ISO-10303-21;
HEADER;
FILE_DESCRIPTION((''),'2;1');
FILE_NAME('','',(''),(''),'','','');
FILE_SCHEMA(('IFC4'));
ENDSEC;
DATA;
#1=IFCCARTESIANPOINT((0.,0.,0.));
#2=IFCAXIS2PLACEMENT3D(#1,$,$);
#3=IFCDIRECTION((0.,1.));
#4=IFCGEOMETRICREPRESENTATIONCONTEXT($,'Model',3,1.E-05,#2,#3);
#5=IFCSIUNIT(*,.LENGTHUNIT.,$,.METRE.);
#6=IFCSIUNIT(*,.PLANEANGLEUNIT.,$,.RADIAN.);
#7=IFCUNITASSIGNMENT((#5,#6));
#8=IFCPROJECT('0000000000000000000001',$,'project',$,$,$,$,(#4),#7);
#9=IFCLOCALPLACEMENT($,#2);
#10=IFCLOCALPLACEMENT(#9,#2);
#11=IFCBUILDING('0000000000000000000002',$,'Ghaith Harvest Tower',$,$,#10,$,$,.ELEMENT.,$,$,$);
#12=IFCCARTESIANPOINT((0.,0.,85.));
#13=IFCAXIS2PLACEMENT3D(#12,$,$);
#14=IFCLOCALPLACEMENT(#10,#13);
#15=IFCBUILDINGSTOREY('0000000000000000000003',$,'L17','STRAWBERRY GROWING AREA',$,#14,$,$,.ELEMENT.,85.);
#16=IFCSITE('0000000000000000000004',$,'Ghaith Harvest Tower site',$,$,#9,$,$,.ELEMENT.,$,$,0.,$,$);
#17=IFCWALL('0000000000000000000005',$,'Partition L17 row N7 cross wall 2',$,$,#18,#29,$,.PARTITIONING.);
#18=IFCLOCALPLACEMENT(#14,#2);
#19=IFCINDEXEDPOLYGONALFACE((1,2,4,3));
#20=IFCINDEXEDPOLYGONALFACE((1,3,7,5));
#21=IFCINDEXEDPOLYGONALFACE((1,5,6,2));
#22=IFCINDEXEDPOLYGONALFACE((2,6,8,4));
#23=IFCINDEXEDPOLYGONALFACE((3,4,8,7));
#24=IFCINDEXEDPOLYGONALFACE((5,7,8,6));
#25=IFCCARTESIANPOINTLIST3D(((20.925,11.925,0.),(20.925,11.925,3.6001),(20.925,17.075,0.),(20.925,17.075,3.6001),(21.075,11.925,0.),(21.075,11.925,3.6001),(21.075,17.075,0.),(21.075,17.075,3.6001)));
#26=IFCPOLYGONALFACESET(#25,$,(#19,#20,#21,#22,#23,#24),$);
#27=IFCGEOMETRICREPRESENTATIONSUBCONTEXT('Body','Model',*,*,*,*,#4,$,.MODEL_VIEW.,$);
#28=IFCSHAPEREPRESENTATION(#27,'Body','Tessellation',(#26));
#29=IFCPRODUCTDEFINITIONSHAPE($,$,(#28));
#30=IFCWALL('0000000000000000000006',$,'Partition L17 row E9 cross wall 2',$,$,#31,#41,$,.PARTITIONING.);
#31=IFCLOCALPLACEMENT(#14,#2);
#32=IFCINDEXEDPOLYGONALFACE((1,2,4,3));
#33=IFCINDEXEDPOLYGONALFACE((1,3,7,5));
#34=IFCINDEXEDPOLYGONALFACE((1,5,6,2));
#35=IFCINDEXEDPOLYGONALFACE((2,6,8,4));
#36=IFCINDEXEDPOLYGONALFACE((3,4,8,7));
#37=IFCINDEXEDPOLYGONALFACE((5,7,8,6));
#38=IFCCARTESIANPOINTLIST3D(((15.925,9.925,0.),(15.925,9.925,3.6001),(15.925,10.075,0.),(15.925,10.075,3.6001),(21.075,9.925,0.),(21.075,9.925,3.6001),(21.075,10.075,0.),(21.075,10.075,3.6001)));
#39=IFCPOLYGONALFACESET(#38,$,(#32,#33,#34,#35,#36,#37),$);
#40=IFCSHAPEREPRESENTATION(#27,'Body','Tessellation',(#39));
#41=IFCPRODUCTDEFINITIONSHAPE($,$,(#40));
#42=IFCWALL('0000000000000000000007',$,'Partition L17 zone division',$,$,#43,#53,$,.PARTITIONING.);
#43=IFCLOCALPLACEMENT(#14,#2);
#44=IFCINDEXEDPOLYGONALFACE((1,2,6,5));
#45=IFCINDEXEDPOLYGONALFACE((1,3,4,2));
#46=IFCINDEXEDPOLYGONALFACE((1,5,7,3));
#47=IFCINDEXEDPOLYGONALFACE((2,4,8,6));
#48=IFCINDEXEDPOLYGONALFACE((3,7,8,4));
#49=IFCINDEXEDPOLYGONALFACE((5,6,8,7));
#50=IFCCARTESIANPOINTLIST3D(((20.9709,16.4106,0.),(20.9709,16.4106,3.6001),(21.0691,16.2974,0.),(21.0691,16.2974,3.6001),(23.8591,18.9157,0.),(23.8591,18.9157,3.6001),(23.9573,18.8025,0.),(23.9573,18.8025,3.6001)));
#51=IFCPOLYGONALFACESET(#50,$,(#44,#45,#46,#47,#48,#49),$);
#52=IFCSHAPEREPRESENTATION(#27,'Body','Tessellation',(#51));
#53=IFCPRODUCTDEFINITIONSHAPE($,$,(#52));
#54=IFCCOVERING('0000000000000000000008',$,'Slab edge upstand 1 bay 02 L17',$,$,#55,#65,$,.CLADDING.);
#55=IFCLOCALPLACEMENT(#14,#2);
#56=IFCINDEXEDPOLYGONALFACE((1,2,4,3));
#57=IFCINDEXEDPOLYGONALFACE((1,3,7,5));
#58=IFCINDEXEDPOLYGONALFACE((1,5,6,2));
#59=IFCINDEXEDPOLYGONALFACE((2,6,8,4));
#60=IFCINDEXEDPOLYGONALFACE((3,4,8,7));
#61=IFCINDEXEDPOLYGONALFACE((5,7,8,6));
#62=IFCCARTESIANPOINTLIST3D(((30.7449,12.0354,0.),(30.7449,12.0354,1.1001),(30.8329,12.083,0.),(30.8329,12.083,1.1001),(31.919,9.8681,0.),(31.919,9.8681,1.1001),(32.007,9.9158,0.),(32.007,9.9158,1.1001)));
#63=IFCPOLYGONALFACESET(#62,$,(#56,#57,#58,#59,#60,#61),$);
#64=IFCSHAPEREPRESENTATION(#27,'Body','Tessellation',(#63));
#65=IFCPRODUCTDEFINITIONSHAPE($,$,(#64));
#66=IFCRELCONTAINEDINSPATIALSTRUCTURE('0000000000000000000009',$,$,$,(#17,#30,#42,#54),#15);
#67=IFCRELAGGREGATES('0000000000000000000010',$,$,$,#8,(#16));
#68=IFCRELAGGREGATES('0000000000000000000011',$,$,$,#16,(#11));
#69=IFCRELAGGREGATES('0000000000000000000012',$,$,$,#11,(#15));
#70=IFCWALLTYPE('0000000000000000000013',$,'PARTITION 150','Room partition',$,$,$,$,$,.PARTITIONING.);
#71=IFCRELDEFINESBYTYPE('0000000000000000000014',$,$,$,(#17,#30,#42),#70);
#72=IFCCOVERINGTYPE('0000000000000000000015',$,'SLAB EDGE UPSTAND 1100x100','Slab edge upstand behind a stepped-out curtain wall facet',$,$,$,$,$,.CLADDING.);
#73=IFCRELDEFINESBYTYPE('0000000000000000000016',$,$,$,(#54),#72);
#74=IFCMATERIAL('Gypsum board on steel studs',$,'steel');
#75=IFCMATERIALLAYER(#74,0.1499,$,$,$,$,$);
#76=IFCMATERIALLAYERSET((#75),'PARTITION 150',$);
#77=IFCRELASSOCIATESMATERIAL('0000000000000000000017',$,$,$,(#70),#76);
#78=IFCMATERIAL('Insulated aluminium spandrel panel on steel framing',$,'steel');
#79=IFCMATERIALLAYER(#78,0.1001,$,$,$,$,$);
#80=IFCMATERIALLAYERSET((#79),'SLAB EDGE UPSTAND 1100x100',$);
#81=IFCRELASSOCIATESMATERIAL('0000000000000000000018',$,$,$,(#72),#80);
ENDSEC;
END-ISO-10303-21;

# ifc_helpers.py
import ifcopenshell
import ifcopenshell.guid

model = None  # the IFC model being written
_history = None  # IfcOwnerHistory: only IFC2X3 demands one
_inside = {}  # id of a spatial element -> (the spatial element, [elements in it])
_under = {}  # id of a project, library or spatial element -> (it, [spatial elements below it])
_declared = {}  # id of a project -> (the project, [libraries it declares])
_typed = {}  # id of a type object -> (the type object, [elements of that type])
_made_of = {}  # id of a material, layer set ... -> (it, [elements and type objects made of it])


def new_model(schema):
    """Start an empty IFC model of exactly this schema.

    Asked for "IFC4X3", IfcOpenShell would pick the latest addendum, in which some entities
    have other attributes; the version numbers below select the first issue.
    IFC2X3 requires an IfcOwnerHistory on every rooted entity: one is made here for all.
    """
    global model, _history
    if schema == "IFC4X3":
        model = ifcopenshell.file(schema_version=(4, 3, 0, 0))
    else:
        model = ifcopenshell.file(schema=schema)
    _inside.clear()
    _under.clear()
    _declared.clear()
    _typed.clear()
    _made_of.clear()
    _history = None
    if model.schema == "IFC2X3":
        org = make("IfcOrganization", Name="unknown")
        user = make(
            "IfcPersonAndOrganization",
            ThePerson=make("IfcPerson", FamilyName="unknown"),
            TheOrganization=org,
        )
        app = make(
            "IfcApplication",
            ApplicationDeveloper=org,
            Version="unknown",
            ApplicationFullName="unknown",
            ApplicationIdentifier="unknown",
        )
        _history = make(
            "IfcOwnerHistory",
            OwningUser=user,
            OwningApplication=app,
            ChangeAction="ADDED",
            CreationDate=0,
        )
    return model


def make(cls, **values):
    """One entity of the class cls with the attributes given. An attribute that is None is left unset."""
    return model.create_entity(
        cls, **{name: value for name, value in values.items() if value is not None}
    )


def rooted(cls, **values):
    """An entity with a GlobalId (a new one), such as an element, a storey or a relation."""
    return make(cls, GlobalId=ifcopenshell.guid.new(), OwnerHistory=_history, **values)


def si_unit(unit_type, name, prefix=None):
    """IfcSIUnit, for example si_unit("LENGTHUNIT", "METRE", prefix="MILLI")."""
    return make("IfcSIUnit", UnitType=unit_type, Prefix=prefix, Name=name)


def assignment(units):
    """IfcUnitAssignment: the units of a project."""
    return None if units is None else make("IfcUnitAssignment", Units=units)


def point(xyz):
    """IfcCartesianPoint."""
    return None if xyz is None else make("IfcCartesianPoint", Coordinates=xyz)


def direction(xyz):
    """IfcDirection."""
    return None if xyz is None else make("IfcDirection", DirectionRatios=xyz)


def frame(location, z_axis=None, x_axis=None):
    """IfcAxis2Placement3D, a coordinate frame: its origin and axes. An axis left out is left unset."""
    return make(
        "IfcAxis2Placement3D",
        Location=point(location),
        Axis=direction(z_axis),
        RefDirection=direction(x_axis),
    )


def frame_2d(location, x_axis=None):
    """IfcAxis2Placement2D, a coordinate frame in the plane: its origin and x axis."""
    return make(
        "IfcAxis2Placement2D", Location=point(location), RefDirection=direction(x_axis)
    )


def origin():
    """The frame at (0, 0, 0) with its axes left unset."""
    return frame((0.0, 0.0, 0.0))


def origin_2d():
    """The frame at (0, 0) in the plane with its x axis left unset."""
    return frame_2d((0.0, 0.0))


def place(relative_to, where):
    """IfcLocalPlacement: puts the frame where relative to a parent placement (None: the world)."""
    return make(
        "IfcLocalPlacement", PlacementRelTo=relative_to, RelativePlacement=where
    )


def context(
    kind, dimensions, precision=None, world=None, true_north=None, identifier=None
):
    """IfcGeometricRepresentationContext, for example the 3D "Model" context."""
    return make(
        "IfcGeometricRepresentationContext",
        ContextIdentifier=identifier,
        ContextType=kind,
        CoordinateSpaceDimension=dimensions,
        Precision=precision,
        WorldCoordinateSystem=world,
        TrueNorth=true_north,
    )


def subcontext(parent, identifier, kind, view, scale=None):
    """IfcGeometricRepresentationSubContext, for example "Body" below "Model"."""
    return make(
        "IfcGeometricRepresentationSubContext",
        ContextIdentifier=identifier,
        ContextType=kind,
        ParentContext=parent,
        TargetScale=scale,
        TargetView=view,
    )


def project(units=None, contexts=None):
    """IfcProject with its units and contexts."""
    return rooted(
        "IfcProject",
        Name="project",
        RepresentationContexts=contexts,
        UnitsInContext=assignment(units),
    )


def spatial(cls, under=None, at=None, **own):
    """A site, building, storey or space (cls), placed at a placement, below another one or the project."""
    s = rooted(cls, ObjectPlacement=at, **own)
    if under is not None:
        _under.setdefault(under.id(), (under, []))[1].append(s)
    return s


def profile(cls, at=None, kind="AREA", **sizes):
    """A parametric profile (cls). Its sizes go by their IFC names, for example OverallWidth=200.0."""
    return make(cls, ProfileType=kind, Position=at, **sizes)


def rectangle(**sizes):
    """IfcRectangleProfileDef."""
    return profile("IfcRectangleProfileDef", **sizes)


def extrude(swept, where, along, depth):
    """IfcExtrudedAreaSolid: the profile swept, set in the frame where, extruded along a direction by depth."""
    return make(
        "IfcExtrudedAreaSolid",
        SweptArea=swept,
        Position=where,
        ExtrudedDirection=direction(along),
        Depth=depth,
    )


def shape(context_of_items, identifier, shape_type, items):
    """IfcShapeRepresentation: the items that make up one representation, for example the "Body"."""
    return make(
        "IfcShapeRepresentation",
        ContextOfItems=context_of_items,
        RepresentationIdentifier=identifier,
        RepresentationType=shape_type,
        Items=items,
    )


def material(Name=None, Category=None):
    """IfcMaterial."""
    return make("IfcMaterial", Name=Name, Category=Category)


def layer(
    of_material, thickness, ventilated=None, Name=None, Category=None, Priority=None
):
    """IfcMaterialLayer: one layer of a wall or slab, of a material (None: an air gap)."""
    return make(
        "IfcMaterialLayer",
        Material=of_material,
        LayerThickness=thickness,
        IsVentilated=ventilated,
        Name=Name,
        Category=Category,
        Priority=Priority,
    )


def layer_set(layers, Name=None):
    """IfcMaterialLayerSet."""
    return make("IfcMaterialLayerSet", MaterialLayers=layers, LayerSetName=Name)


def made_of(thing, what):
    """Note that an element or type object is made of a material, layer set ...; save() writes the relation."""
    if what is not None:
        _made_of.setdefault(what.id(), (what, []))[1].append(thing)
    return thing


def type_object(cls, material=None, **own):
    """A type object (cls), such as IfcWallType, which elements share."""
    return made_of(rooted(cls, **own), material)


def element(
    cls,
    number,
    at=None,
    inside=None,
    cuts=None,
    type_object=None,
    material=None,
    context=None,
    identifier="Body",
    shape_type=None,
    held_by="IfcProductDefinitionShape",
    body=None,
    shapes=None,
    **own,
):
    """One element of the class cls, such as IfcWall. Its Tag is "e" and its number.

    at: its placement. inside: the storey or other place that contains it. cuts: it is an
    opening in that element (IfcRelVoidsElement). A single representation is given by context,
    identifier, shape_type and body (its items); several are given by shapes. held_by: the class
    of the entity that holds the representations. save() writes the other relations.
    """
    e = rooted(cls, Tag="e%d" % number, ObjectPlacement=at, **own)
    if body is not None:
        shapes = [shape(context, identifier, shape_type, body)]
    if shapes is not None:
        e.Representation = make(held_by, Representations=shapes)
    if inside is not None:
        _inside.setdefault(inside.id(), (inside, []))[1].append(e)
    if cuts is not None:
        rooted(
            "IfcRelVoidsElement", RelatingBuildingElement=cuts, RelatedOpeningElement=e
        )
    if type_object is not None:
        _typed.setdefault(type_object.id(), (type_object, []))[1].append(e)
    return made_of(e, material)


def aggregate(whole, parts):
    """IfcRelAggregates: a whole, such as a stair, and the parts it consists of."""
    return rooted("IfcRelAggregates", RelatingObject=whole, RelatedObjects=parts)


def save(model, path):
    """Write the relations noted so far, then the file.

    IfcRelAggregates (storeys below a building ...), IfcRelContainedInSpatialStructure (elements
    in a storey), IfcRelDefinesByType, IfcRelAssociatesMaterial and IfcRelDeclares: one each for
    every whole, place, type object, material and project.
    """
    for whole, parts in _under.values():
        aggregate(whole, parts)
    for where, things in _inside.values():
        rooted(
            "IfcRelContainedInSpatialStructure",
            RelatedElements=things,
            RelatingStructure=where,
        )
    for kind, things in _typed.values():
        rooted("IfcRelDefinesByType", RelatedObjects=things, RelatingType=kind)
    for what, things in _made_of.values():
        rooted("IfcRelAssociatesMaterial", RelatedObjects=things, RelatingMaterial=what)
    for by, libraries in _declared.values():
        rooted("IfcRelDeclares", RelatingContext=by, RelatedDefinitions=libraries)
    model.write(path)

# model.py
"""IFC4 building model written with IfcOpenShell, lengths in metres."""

from ifc_helpers import new_model, si_unit, direction, frame, frame_2d, origin, origin_2d, place, context, subcontext, project, spatial, rectangle, extrude, material, layer, layer_set, type_object, element, save


model = new_model("IFC4")

# Units and contexts
model_context = context("Model", 3, precision=1e-05, world=origin(), true_north=direction((0.0, 1.0)))
body_context = subcontext(model_context, "Body", "Model", "MODEL_VIEW")
ifc_project = project(units=[si_unit("LENGTHUNIT", "METRE"), si_unit("PLANEANGLEUNIT", "RADIAN")], contexts=[model_context])

# Site, building, storey
site_placement = place(None, origin())
site = spatial("IfcSite", under=ifc_project, at=site_placement, Name="Ghaith Harvest Tower site", CompositionType="ELEMENT", RefElevation=0.0)
building_placement = place(site_placement, origin())
building = spatial("IfcBuilding", under=site, at=building_placement, Name="Ghaith Harvest Tower", CompositionType="ELEMENT")
storey_placement = place(building_placement, frame((0.0, 0.0, 85.0)))
storey = spatial("IfcBuildingStorey", under=building, at=storey_placement, Name="L17", Description="STRAWBERRY GROWING AREA", CompositionType="ELEMENT", Elevation=85.0)

# Walls
ifc_material_1 = material(Name="Gypsum board on steel studs", Category="steel")
ifc_layer_1 = layer(ifc_material_1, 0.1499)
ifc_layer_set_1 = layer_set([ifc_layer_1], Name="PARTITION 150")
wall_type = type_object("IfcWallType", Name="PARTITION 150", Description="Room partition", PredefinedType="PARTITIONING", material=ifc_layer_set_1)
for number, where, z_axis, x_axis, name in (
    (1, (21.0, 11.925, 0.0), (0.0, 0.0, 1.0), (0.0, 1.0, 0.0), "Partition L17 row N7 cross wall 2"),
    (2, (15.925, 10.0, 0.0), (0.0, 0.0, 1.0), (1.0, 0.0, 0.0), "Partition L17 row E9 cross wall 2"),
):
    element("IfcWall", number, at=place(storey_placement, frame(where, z_axis=z_axis, x_axis=x_axis)), inside=storey, type_object=wall_type, Name=name, PredefinedType="PARTITIONING", context=body_context, shape_type="SweptSolid", body=[
        extrude(rectangle(XDim=5.1499, YDim=0.1499, at=frame_2d((2.575, 0.0))), origin(), (0.0, 0.0, 1.0), 3.6001),
    ])
wall_placement = place(storey_placement, frame((21.02, 16.354, 0.0), z_axis=(0.0, 0.0, 1.0), x_axis=(0.755426, 0.655234, 0.0)))
element("IfcWall", 3, at=wall_placement, inside=storey, type_object=wall_type, Name="Partition L17 zone division", PredefinedType="PARTITIONING", context=body_context, shape_type="SweptSolid", body=[
    extrude(rectangle(XDim=3.8232, YDim=0.1499, at=frame_2d((1.9116, 0.0))), origin(), (0.0, 0.0, 1.0), 3.6001),
])

# Covering
ifc_material_2 = material(Name="Insulated aluminium spandrel panel on steel framing", Category="steel")
ifc_layer_2 = layer(ifc_material_2, 0.1001)
ifc_layer_set_2 = layer_set([ifc_layer_2], Name="SLAB EDGE UPSTAND 1100x100")
covering_type = type_object("IfcCoveringType", Name="SLAB EDGE UPSTAND 1100x100", Description="Slab edge upstand behind a stepped-out curtain wall facet", PredefinedType="CLADDING", material=ifc_layer_set_2)
covering_placement = place(storey_placement, frame((31.376, 10.9756, 0.0), z_axis=(0.0, 0.0, 1.0), x_axis=(-0.476349, 0.879256, 0.0)))
element("IfcCovering", 4, at=covering_placement, inside=storey, type_object=covering_type, Name="Slab edge upstand 1 bay 02 L17", PredefinedType="CLADDING", context=body_context, shape_type="SweptSolid", body=[
    extrude(rectangle(XDim=2.4648, YDim=0.1001, at=origin_2d()), origin(), (0.0, 0.0, 1.0), 1.1001),
])

save(model, "model.ifc")
